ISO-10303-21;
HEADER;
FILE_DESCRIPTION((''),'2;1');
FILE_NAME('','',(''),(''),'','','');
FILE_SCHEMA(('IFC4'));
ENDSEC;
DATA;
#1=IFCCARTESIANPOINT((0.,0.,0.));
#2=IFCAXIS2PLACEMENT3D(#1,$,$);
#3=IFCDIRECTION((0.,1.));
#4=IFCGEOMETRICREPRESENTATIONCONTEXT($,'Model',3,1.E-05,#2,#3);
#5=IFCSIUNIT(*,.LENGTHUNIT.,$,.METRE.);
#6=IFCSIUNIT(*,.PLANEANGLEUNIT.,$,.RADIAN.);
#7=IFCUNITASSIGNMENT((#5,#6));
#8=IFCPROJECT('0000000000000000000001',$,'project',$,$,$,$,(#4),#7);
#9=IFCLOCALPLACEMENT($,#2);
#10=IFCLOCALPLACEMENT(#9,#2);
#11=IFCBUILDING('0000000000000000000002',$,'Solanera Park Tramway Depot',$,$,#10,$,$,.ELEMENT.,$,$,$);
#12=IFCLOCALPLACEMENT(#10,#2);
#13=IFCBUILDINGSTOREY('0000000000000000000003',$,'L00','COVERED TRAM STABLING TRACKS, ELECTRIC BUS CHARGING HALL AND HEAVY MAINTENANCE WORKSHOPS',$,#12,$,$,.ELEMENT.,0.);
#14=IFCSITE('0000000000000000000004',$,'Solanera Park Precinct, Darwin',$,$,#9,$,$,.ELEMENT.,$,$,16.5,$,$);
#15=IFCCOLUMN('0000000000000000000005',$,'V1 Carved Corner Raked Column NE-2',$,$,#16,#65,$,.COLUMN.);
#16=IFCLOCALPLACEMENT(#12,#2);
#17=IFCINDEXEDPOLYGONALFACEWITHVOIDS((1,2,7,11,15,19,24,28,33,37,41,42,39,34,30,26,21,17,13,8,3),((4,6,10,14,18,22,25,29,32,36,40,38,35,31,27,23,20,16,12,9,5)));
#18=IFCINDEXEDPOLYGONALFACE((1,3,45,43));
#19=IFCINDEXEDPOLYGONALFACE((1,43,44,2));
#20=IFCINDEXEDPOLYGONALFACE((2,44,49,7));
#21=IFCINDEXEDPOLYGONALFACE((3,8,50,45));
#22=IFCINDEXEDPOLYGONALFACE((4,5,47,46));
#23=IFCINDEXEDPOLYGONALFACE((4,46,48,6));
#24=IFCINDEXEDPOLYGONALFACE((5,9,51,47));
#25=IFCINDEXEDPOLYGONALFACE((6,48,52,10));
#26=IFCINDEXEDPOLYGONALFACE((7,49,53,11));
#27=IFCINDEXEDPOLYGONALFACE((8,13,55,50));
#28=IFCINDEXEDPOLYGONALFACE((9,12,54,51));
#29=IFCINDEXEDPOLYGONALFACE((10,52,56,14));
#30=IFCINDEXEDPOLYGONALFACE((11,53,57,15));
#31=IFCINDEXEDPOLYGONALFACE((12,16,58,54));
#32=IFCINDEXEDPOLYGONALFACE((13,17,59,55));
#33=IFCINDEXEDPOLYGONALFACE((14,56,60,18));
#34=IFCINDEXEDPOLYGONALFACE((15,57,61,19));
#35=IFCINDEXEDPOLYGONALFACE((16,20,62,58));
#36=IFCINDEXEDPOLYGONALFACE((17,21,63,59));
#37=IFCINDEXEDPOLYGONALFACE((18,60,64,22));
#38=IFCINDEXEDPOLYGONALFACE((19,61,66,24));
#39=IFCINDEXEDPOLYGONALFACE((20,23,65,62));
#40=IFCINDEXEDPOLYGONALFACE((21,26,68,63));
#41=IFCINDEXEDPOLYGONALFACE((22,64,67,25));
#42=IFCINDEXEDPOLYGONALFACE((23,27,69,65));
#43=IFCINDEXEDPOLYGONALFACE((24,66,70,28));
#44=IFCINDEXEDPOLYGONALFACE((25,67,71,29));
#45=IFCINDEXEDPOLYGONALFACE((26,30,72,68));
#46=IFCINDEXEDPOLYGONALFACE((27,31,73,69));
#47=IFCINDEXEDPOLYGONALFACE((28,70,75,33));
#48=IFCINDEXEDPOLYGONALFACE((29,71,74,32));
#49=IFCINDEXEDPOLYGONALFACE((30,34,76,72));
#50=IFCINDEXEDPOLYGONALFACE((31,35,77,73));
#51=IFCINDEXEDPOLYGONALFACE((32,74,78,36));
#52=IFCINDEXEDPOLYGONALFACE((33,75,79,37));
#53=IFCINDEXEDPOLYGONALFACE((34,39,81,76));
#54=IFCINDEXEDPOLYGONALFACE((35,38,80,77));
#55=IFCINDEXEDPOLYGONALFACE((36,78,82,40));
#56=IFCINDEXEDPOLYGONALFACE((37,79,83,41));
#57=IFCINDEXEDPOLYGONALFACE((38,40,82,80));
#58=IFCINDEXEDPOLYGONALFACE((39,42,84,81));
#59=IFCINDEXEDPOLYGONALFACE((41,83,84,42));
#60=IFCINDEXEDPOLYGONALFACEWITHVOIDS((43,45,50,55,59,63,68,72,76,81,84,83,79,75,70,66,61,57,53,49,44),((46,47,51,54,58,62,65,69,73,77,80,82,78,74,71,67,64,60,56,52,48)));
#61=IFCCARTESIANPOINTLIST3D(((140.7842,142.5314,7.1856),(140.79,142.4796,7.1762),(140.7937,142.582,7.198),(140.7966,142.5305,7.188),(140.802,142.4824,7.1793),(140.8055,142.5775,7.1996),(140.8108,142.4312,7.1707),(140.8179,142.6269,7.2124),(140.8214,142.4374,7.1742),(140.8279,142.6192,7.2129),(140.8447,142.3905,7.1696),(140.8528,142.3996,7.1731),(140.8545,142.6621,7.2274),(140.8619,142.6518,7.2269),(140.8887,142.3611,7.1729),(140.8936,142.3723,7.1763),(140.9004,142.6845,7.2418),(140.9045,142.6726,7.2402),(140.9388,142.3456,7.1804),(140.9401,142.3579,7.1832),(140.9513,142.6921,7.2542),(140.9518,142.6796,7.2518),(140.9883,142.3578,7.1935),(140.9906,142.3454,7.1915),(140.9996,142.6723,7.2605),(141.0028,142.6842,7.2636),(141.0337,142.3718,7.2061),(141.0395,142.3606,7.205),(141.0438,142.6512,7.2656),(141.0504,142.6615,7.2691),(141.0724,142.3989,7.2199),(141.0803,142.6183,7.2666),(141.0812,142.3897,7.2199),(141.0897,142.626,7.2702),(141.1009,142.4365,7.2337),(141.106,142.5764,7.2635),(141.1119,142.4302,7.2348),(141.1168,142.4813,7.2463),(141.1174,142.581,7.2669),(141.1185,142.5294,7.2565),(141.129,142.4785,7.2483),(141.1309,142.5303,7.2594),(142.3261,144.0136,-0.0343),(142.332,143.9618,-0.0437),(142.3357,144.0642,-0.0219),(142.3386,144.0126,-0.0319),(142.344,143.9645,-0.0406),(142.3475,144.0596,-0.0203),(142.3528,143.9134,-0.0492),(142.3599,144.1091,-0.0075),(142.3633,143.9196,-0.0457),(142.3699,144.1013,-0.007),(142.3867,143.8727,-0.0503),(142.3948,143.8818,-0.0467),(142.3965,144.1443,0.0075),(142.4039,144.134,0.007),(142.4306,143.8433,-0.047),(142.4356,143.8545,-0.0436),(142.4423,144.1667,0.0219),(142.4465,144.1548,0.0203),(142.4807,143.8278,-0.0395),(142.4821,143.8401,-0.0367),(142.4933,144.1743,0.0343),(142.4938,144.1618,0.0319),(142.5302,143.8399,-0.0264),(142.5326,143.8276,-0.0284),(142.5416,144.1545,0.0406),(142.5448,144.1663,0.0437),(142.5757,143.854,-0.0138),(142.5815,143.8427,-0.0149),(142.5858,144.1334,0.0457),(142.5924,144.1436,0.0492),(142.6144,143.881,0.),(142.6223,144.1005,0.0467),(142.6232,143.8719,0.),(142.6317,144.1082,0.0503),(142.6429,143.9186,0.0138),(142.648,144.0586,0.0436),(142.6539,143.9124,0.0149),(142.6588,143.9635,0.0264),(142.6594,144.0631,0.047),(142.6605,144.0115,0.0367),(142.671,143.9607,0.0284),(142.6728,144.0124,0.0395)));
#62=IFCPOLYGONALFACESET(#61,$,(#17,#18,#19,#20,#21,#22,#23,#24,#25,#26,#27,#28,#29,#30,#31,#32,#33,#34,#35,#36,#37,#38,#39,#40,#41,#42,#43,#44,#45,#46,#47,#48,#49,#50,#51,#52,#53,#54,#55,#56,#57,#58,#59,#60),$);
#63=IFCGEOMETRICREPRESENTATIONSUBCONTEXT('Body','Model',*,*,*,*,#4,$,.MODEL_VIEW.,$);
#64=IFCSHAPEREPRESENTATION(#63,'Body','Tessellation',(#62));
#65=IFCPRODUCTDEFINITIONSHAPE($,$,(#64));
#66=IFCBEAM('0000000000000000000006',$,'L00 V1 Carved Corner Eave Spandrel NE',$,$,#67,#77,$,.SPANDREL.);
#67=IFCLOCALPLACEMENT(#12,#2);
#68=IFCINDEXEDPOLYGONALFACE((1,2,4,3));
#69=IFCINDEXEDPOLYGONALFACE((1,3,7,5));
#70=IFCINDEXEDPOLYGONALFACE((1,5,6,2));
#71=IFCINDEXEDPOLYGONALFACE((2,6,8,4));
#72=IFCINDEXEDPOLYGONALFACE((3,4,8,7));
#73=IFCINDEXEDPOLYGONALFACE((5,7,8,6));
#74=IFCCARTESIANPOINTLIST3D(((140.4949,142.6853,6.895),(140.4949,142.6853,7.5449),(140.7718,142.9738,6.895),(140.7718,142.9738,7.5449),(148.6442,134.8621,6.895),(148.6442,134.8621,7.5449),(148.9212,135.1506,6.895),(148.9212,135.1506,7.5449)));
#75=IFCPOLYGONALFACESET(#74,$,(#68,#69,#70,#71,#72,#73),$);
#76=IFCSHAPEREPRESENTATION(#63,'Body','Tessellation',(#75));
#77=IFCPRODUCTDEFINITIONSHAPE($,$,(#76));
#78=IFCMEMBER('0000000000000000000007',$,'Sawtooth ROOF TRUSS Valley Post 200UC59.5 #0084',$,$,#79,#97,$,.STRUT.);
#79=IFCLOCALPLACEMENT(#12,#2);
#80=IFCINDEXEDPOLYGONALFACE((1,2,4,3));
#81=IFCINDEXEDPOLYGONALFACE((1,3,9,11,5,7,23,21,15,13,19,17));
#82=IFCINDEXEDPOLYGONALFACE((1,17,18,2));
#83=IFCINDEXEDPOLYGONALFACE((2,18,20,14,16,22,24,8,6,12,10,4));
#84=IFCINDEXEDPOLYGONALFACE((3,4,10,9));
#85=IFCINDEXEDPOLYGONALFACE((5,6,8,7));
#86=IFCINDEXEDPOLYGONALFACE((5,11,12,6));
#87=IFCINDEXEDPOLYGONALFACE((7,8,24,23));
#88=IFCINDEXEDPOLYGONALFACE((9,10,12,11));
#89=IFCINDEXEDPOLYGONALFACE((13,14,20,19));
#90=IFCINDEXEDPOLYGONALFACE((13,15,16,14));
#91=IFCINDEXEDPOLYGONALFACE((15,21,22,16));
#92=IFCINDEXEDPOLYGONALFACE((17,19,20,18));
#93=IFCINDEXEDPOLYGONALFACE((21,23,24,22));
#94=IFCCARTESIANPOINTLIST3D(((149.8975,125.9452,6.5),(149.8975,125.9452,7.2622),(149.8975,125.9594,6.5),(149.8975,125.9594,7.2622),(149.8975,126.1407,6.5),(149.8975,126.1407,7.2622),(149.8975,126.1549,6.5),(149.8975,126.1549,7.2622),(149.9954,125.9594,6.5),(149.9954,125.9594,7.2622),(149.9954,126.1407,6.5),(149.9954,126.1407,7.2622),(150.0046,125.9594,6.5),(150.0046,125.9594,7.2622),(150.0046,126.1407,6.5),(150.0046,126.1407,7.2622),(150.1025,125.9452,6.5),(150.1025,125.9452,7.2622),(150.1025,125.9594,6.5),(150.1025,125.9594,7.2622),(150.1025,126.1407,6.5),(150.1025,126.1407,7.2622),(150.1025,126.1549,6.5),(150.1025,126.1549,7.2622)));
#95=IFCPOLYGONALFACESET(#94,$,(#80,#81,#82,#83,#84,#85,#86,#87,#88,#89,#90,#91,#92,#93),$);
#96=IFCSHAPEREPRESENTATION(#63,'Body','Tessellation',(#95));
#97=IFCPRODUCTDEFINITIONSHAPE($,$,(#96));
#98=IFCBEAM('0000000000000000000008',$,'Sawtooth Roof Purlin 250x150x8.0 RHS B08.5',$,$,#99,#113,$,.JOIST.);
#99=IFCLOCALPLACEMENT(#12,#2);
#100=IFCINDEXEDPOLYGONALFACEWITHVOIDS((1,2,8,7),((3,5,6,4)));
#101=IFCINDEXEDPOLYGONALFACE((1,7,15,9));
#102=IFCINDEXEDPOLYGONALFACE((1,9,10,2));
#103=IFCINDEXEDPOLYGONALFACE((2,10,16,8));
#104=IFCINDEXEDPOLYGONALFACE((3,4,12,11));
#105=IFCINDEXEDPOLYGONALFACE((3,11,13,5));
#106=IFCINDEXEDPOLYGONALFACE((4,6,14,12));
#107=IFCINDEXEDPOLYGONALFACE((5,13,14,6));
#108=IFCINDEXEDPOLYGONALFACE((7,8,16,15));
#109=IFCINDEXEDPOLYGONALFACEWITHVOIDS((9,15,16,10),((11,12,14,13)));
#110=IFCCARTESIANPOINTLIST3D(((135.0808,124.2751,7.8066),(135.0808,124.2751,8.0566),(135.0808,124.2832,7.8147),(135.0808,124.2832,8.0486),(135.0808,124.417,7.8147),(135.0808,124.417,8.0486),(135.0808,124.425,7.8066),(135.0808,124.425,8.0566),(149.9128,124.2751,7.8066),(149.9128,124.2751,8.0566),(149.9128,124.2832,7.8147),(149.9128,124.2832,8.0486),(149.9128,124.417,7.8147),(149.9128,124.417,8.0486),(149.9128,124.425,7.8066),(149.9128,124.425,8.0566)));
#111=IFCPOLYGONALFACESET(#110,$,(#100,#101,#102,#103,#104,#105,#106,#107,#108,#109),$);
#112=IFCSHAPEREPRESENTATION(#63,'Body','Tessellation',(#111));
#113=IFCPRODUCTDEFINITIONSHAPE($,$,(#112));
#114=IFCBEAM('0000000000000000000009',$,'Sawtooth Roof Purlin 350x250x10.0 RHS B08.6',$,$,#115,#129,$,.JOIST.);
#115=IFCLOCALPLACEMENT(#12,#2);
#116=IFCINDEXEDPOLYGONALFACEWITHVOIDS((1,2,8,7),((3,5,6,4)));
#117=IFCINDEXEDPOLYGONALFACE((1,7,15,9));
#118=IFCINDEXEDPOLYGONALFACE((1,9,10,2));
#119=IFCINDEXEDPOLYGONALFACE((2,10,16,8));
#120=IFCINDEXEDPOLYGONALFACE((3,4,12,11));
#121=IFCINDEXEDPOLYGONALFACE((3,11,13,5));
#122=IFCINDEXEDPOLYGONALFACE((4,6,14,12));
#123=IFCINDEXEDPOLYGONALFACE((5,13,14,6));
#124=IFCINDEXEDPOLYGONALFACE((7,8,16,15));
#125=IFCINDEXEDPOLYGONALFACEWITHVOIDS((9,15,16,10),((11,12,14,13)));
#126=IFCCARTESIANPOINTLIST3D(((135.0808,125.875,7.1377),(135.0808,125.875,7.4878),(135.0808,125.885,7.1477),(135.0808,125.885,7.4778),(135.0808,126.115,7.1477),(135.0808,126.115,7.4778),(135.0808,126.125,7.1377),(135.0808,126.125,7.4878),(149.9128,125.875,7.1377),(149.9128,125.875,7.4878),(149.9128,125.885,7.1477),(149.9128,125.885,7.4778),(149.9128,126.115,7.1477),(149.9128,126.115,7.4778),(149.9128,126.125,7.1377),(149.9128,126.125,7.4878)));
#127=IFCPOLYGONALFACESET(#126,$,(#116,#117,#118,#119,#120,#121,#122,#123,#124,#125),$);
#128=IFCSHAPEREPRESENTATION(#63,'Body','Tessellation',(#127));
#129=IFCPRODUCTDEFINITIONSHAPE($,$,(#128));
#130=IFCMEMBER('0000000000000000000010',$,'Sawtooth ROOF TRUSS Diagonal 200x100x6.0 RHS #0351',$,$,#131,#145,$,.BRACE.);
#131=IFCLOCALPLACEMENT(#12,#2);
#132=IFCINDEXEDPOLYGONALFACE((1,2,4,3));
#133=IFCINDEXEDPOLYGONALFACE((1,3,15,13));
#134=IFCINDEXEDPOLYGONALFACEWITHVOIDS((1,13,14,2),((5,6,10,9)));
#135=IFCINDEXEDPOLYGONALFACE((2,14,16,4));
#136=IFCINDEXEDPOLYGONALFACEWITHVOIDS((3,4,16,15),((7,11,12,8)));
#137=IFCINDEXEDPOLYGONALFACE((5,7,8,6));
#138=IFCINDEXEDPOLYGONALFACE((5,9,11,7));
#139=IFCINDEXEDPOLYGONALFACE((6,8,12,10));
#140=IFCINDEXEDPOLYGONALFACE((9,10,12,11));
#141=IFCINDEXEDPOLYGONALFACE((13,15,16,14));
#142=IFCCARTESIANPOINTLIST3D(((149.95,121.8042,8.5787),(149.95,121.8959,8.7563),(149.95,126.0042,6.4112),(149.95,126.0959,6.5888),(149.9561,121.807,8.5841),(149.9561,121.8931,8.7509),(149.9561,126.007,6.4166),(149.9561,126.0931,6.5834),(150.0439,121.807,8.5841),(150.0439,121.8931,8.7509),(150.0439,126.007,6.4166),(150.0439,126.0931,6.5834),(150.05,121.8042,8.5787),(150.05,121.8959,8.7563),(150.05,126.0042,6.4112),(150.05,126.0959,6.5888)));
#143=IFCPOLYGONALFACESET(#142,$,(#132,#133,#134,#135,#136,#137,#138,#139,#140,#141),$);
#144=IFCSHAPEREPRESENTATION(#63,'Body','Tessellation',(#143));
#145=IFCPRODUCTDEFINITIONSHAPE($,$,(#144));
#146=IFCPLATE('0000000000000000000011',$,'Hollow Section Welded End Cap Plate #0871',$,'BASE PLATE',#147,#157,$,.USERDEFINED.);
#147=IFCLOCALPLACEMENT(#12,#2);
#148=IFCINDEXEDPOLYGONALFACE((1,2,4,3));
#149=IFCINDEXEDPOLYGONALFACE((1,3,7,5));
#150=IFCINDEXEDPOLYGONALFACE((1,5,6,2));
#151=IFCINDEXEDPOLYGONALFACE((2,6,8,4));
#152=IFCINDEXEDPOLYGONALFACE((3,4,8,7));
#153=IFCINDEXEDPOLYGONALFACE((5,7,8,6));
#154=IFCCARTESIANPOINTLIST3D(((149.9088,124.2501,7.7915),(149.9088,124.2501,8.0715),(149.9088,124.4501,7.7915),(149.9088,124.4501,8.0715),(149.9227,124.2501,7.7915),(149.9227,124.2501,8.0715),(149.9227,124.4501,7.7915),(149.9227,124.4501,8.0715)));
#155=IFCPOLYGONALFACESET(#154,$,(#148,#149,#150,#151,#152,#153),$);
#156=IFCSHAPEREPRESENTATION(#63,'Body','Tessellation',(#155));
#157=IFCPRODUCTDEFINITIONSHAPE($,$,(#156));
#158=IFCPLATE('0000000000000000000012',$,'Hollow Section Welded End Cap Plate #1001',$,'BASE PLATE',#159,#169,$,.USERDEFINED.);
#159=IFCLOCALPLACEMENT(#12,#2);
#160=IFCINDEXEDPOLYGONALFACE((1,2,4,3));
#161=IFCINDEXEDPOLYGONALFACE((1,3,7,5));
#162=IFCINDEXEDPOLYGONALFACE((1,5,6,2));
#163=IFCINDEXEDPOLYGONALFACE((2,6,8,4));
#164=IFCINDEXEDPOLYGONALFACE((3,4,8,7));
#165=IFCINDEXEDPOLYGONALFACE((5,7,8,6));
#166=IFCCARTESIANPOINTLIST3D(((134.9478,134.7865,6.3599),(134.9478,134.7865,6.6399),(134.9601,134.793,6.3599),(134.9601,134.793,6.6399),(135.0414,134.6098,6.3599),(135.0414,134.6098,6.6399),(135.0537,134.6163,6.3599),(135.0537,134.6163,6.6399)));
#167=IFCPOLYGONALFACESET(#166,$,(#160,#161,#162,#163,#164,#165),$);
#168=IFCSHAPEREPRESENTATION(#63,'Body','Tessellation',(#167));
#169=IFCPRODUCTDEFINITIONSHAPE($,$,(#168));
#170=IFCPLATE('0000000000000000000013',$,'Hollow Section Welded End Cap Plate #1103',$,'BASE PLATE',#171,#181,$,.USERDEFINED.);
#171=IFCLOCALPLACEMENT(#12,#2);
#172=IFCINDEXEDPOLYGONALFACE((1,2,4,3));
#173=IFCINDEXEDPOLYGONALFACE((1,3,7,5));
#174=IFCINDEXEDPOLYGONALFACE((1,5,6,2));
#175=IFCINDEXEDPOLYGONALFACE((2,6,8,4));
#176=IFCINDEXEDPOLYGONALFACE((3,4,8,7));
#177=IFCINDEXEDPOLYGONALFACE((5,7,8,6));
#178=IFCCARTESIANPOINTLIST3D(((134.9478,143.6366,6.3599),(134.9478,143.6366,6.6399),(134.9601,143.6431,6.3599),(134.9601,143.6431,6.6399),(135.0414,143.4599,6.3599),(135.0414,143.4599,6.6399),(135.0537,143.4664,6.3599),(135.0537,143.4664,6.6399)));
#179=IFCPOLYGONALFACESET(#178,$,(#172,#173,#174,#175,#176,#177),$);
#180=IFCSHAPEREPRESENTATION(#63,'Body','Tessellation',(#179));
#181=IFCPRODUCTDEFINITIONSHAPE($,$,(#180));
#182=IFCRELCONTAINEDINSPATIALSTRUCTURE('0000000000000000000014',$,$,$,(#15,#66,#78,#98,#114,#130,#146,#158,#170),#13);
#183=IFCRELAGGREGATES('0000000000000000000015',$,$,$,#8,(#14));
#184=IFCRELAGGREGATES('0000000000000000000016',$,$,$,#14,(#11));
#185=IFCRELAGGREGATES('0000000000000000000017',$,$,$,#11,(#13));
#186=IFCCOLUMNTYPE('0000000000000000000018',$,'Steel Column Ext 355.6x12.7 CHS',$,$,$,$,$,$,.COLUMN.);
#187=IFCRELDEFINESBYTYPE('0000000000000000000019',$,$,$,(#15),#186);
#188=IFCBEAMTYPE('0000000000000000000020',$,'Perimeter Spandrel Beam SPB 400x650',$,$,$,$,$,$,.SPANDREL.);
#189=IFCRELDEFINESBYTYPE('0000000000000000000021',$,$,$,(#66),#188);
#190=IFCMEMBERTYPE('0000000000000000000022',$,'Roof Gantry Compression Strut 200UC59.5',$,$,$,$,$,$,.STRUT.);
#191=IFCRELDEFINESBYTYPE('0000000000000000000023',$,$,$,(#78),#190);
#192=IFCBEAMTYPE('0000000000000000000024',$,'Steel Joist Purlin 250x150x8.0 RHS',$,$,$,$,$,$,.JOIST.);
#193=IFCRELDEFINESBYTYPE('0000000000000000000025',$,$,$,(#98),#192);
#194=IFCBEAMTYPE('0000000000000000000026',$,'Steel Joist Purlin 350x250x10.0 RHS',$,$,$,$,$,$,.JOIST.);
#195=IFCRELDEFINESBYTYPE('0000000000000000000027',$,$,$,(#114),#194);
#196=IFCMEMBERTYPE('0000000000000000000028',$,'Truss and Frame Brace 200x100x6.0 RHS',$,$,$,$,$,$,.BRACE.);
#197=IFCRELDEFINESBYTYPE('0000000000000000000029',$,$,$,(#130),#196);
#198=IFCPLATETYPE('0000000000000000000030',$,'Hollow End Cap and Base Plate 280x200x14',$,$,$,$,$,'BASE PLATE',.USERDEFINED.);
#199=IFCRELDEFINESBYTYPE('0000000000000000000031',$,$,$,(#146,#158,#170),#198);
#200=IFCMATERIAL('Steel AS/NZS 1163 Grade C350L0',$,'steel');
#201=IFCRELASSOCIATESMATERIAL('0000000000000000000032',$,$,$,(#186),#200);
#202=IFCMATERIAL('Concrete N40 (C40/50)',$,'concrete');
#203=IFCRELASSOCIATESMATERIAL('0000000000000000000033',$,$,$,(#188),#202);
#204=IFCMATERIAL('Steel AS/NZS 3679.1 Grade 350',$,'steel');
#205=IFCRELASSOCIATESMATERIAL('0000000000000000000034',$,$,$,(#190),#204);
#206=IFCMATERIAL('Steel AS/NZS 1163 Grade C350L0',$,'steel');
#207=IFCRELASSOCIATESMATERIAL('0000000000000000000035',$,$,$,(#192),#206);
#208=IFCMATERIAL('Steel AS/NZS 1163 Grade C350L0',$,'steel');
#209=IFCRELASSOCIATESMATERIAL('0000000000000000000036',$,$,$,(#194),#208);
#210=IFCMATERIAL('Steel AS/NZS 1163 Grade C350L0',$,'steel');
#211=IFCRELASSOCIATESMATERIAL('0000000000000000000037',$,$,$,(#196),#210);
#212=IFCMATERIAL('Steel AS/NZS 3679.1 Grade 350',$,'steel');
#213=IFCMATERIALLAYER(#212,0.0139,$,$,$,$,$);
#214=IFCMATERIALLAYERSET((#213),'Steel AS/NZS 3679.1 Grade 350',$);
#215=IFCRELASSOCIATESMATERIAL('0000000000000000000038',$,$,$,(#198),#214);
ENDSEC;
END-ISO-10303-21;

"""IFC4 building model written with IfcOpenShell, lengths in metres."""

from ifc_helpers import new_model, si_unit, direction, frame, origin, origin_2d, place, context, subcontext, project, spatial, rectangle, hollow_rectangle, hollow_circle, i_section, extrude, material, layer, layer_set, material_profile, profile_set, type_object, element, save


model = new_model("IFC4")

# Units and contexts
model_context = context("Model", 3, precision=1e-05, world=origin(), true_north=direction((0.0, 1.0)))
body_context = subcontext(model_context, "Body", "Model", "MODEL_VIEW")
ifc_project = project(units=[si_unit("LENGTHUNIT", "METRE"), si_unit("PLANEANGLEUNIT", "RADIAN")], contexts=[model_context])

# Site, building, storey
site_placement = place(None, origin())
site = spatial("IfcSite", under=ifc_project, at=site_placement, Name="Solanera Park Precinct, Darwin", CompositionType="ELEMENT", RefElevation=16.5)
building_placement = place(site_placement, origin())
building = spatial("IfcBuilding", under=site, at=building_placement, Name="Solanera Park Tramway Depot", CompositionType="ELEMENT")
storey_placement = place(building_placement, origin())
storey = spatial("IfcBuildingStorey", under=building, at=storey_placement, Name="L00", Description="COVERED TRAM STABLING TRACKS, ELECTRIC BUS CHARGING HALL AND HEAVY MAINTENANCE WORKSHOPS", CompositionType="ELEMENT", Elevation=0.0)

# Column
ifc_material_1 = material(Name="Steel AS/NZS 1163 Grade C350L0", Category="steel")
ifc_material_profile_1 = material_profile(ifc_material_1, hollow_circle(Radius=0.1777, WallThickness=0.0127, at=origin_2d()), Name="355.6x12.7 CHS")
ifc_profile_set_1 = profile_set([ifc_material_profile_1], Name="Steel AS/NZS 1163 Grade C350L0")
column_type_1 = type_object("IfcColumnType", Name="Steel Column Ext 355.6x12.7 CHS", PredefinedType="COLUMN", material=ifc_profile_set_1)
for number, where, z_axis, x_axis, name in (
    (1, (142.5, 144.0, 0.0), (-0.204777, -0.196833, 0.958813), (0.692986, -0.720952, 0.0), "V1 Carved Corner Raked Column NE-2"),
):
    element("IfcColumn", number, at=place(storey_placement, frame(where, z_axis=z_axis, x_axis=x_axis)), inside=storey, type_object=column_type_1, Name=name, PredefinedType="COLUMN", context=body_context, shape_type="SweptSolid", body=[
        extrude(hollow_circle(Radius=0.1777, WallThickness=0.0127, at=origin_2d()), origin(), (0.0, 0.0, 1.0), 7.53),
    ])

# Beam
ifc_material_2 = material(Name="Concrete N40 (C40/50)", Category="concrete")
ifc_material_profile_2 = material_profile(ifc_material_2, rectangle(XDim=0.3999, YDim=0.6499, at=origin_2d()), Name="SPB 400x650")
ifc_profile_set_2 = profile_set([ifc_material_profile_2], Name="Concrete N40 (C40/50)")
beam_type_1 = type_object("IfcBeamType", Name="Perimeter Spandrel Beam SPB 400x650", PredefinedType="SPANDREL", material=ifc_profile_set_2)
beam_1_placement = place(storey_placement, frame((148.7827, 135.0063, 7.22), z_axis=(-0.721396, 0.692523, 0.0), x_axis=(-0.692523, -0.721396, 0.0)))
element("IfcBeam", 2, at=beam_1_placement, inside=storey, type_object=beam_type_1, Name="L00 V1 Carved Corner Eave Spandrel NE", PredefinedType="SPANDREL", context=body_context, shape_type="SweptSolid", body=[
    extrude(rectangle(XDim=0.3999, YDim=0.6499, at=origin_2d()), origin(), (0.0, 0.0, 1.0), 11.2966),
])

# Member
ifc_material_3 = material(Name="Steel AS/NZS 3679.1 Grade 350", Category="steel")
ifc_material_profile_3 = material_profile(ifc_material_3, i_section(OverallWidth=0.2051, OverallDepth=0.2097, WebThickness=0.0093, FlangeThickness=0.0142, at=origin_2d()), Name="200UC59.5")
ifc_profile_set_3 = profile_set([ifc_material_profile_3], Name="Steel AS/NZS 3679.1 Grade 350")
member_type_1 = type_object("IfcMemberType", Name="Roof Gantry Compression Strut 200UC59.5", PredefinedType="STRUT", material=ifc_profile_set_3)
member_1_placement = place(storey_placement, frame((150.0, 126.05, 6.5), z_axis=(0.0, 0.0, 1.0), x_axis=(1.0, 0.0, 0.0)))
element("IfcMember", 3, at=member_1_placement, inside=storey, type_object=member_type_1, Name="Sawtooth ROOF TRUSS Valley Post 200UC59.5 #0084", PredefinedType="STRUT", context=body_context, shape_type="SweptSolid", body=[
    extrude(i_section(OverallWidth=0.2051, OverallDepth=0.2097, WebThickness=0.0093, FlangeThickness=0.0142, at=origin_2d()), origin(), (0.0, 0.0, 1.0), 0.7622),
])

# Beams
ifc_material_4 = material(Name="Steel AS/NZS 1163 Grade C350L0", Category="steel")
ifc_material_profile_4 = material_profile(ifc_material_4, hollow_rectangle(XDim=0.1499, YDim=0.25, WallThickness=0.0081, at=origin_2d()), Name="250x150x8.0 RHS")
ifc_profile_set_4 = profile_set([ifc_material_profile_4], Name="Steel AS/NZS 1163 Grade C350L0")
beam_type_2 = type_object("IfcBeamType", Name="Steel Joist Purlin 250x150x8.0 RHS", PredefinedType="JOIST", material=ifc_profile_set_4)
beam_2_placement = place(storey_placement, frame((135.0808, 124.3501, 7.9316), z_axis=(1.0, 0.0, 0.0), x_axis=(0.0, 1.0, 0.0)))
element("IfcBeam", 4, at=beam_2_placement, inside=storey, type_object=beam_type_2, Name="Sawtooth Roof Purlin 250x150x8.0 RHS B08.5", PredefinedType="JOIST", context=body_context, shape_type="SweptSolid", body=[
    extrude(hollow_rectangle(XDim=0.1499, YDim=0.25, WallThickness=0.0081, at=origin_2d()), origin(), (0.0, 0.0, 1.0), 14.832),
])
ifc_material_5 = material(Name="Steel AS/NZS 1163 Grade C350L0", Category="steel")
ifc_material_profile_5 = material_profile(ifc_material_5, hollow_rectangle(XDim=0.25, YDim=0.3501, WallThickness=0.01, at=origin_2d()), Name="350x250x10.0 RHS")
ifc_profile_set_5 = profile_set([ifc_material_profile_5], Name="Steel AS/NZS 1163 Grade C350L0")
beam_type_3 = type_object("IfcBeamType", Name="Steel Joist Purlin 350x250x10.0 RHS", PredefinedType="JOIST", material=ifc_profile_set_5)
beam_3_placement = place(storey_placement, frame((135.0808, 126.0, 7.3127), z_axis=(1.0, 0.0, 0.0), x_axis=(0.0, 1.0, 0.0)))
element("IfcBeam", 5, at=beam_3_placement, inside=storey, type_object=beam_type_3, Name="Sawtooth Roof Purlin 350x250x10.0 RHS B08.6", PredefinedType="JOIST", context=body_context, shape_type="SweptSolid", body=[
    extrude(hollow_rectangle(XDim=0.25, YDim=0.3501, WallThickness=0.01, at=origin_2d()), origin(), (0.0, 0.0, 1.0), 14.832),
])

# Member
ifc_material_6 = material(Name="Steel AS/NZS 1163 Grade C350L0", Category="steel")
ifc_material_profile_6 = material_profile(ifc_material_6, hollow_rectangle(XDim=0.1001, YDim=0.2, WallThickness=0.0061, at=origin_2d()), Name="200x100x6.0 RHS")
ifc_profile_set_6 = profile_set([ifc_material_profile_6], Name="Steel AS/NZS 1163 Grade C350L0")
member_type_2 = type_object("IfcMemberType", Name="Truss and Frame Brace 200x100x6.0 RHS", PredefinedType="BRACE", material=ifc_profile_set_6)
member_2_placement = place(storey_placement, frame((150.0, 126.05, 6.5), z_axis=(0.0, -0.888641, 0.458603), x_axis=(1.0, 0.0, 0.0)))
element("IfcMember", 6, at=member_2_placement, inside=storey, type_object=member_type_2, Name="Sawtooth ROOF TRUSS Diagonal 200x100x6.0 RHS #0351", PredefinedType="BRACE", context=body_context, shape_type="SweptSolid", body=[
    extrude(hollow_rectangle(XDim=0.1001, YDim=0.2, WallThickness=0.0061, at=origin_2d()), origin(), (0.0, 0.0, 1.0), 4.7263),
])

# Plates
ifc_material_7 = material(Name="Steel AS/NZS 3679.1 Grade 350", Category="steel")
ifc_layer_1 = layer(ifc_material_7, 0.0139)
ifc_layer_set_1 = layer_set([ifc_layer_1], Name="Steel AS/NZS 3679.1 Grade 350")
plate_type_1 = type_object("IfcPlateType", Name="Hollow End Cap and Base Plate 280x200x14", ElementType="BASE PLATE", PredefinedType="USERDEFINED", material=ifc_layer_set_1)
for number, where, z_axis, x_axis, name in (
    (7, (149.9158, 124.3501, 7.7915), (0.0, 0.0, 1.0), (1.0, 0.0, 0.0), "Hollow Section Welded End Cap Plate #0871"),
    (8, (135.0007, 134.7014, 6.3599), (0.0, 0.0, 1.0), (0.883521, 0.468392, 0.0), "Hollow Section Welded End Cap Plate #1001"),
    (9, (135.0007, 143.5515, 6.3599), (0.0, 0.0, 1.0), (0.883521, 0.468392, 0.0), "Hollow Section Welded End Cap Plate #1103"),
):
    element("IfcPlate", number, at=place(storey_placement, frame(where, z_axis=z_axis, x_axis=x_axis)), inside=storey, type_object=plate_type_1, Name=name, ObjectType="BASE PLATE", PredefinedType="USERDEFINED", context=body_context, shape_type="SweptSolid", body=[
        extrude(rectangle(XDim=0.0139, YDim=0.2, at=origin_2d()), origin(), (0.0, 0.0, 1.0), 0.28),
    ])

save(model, "model.ifc")
